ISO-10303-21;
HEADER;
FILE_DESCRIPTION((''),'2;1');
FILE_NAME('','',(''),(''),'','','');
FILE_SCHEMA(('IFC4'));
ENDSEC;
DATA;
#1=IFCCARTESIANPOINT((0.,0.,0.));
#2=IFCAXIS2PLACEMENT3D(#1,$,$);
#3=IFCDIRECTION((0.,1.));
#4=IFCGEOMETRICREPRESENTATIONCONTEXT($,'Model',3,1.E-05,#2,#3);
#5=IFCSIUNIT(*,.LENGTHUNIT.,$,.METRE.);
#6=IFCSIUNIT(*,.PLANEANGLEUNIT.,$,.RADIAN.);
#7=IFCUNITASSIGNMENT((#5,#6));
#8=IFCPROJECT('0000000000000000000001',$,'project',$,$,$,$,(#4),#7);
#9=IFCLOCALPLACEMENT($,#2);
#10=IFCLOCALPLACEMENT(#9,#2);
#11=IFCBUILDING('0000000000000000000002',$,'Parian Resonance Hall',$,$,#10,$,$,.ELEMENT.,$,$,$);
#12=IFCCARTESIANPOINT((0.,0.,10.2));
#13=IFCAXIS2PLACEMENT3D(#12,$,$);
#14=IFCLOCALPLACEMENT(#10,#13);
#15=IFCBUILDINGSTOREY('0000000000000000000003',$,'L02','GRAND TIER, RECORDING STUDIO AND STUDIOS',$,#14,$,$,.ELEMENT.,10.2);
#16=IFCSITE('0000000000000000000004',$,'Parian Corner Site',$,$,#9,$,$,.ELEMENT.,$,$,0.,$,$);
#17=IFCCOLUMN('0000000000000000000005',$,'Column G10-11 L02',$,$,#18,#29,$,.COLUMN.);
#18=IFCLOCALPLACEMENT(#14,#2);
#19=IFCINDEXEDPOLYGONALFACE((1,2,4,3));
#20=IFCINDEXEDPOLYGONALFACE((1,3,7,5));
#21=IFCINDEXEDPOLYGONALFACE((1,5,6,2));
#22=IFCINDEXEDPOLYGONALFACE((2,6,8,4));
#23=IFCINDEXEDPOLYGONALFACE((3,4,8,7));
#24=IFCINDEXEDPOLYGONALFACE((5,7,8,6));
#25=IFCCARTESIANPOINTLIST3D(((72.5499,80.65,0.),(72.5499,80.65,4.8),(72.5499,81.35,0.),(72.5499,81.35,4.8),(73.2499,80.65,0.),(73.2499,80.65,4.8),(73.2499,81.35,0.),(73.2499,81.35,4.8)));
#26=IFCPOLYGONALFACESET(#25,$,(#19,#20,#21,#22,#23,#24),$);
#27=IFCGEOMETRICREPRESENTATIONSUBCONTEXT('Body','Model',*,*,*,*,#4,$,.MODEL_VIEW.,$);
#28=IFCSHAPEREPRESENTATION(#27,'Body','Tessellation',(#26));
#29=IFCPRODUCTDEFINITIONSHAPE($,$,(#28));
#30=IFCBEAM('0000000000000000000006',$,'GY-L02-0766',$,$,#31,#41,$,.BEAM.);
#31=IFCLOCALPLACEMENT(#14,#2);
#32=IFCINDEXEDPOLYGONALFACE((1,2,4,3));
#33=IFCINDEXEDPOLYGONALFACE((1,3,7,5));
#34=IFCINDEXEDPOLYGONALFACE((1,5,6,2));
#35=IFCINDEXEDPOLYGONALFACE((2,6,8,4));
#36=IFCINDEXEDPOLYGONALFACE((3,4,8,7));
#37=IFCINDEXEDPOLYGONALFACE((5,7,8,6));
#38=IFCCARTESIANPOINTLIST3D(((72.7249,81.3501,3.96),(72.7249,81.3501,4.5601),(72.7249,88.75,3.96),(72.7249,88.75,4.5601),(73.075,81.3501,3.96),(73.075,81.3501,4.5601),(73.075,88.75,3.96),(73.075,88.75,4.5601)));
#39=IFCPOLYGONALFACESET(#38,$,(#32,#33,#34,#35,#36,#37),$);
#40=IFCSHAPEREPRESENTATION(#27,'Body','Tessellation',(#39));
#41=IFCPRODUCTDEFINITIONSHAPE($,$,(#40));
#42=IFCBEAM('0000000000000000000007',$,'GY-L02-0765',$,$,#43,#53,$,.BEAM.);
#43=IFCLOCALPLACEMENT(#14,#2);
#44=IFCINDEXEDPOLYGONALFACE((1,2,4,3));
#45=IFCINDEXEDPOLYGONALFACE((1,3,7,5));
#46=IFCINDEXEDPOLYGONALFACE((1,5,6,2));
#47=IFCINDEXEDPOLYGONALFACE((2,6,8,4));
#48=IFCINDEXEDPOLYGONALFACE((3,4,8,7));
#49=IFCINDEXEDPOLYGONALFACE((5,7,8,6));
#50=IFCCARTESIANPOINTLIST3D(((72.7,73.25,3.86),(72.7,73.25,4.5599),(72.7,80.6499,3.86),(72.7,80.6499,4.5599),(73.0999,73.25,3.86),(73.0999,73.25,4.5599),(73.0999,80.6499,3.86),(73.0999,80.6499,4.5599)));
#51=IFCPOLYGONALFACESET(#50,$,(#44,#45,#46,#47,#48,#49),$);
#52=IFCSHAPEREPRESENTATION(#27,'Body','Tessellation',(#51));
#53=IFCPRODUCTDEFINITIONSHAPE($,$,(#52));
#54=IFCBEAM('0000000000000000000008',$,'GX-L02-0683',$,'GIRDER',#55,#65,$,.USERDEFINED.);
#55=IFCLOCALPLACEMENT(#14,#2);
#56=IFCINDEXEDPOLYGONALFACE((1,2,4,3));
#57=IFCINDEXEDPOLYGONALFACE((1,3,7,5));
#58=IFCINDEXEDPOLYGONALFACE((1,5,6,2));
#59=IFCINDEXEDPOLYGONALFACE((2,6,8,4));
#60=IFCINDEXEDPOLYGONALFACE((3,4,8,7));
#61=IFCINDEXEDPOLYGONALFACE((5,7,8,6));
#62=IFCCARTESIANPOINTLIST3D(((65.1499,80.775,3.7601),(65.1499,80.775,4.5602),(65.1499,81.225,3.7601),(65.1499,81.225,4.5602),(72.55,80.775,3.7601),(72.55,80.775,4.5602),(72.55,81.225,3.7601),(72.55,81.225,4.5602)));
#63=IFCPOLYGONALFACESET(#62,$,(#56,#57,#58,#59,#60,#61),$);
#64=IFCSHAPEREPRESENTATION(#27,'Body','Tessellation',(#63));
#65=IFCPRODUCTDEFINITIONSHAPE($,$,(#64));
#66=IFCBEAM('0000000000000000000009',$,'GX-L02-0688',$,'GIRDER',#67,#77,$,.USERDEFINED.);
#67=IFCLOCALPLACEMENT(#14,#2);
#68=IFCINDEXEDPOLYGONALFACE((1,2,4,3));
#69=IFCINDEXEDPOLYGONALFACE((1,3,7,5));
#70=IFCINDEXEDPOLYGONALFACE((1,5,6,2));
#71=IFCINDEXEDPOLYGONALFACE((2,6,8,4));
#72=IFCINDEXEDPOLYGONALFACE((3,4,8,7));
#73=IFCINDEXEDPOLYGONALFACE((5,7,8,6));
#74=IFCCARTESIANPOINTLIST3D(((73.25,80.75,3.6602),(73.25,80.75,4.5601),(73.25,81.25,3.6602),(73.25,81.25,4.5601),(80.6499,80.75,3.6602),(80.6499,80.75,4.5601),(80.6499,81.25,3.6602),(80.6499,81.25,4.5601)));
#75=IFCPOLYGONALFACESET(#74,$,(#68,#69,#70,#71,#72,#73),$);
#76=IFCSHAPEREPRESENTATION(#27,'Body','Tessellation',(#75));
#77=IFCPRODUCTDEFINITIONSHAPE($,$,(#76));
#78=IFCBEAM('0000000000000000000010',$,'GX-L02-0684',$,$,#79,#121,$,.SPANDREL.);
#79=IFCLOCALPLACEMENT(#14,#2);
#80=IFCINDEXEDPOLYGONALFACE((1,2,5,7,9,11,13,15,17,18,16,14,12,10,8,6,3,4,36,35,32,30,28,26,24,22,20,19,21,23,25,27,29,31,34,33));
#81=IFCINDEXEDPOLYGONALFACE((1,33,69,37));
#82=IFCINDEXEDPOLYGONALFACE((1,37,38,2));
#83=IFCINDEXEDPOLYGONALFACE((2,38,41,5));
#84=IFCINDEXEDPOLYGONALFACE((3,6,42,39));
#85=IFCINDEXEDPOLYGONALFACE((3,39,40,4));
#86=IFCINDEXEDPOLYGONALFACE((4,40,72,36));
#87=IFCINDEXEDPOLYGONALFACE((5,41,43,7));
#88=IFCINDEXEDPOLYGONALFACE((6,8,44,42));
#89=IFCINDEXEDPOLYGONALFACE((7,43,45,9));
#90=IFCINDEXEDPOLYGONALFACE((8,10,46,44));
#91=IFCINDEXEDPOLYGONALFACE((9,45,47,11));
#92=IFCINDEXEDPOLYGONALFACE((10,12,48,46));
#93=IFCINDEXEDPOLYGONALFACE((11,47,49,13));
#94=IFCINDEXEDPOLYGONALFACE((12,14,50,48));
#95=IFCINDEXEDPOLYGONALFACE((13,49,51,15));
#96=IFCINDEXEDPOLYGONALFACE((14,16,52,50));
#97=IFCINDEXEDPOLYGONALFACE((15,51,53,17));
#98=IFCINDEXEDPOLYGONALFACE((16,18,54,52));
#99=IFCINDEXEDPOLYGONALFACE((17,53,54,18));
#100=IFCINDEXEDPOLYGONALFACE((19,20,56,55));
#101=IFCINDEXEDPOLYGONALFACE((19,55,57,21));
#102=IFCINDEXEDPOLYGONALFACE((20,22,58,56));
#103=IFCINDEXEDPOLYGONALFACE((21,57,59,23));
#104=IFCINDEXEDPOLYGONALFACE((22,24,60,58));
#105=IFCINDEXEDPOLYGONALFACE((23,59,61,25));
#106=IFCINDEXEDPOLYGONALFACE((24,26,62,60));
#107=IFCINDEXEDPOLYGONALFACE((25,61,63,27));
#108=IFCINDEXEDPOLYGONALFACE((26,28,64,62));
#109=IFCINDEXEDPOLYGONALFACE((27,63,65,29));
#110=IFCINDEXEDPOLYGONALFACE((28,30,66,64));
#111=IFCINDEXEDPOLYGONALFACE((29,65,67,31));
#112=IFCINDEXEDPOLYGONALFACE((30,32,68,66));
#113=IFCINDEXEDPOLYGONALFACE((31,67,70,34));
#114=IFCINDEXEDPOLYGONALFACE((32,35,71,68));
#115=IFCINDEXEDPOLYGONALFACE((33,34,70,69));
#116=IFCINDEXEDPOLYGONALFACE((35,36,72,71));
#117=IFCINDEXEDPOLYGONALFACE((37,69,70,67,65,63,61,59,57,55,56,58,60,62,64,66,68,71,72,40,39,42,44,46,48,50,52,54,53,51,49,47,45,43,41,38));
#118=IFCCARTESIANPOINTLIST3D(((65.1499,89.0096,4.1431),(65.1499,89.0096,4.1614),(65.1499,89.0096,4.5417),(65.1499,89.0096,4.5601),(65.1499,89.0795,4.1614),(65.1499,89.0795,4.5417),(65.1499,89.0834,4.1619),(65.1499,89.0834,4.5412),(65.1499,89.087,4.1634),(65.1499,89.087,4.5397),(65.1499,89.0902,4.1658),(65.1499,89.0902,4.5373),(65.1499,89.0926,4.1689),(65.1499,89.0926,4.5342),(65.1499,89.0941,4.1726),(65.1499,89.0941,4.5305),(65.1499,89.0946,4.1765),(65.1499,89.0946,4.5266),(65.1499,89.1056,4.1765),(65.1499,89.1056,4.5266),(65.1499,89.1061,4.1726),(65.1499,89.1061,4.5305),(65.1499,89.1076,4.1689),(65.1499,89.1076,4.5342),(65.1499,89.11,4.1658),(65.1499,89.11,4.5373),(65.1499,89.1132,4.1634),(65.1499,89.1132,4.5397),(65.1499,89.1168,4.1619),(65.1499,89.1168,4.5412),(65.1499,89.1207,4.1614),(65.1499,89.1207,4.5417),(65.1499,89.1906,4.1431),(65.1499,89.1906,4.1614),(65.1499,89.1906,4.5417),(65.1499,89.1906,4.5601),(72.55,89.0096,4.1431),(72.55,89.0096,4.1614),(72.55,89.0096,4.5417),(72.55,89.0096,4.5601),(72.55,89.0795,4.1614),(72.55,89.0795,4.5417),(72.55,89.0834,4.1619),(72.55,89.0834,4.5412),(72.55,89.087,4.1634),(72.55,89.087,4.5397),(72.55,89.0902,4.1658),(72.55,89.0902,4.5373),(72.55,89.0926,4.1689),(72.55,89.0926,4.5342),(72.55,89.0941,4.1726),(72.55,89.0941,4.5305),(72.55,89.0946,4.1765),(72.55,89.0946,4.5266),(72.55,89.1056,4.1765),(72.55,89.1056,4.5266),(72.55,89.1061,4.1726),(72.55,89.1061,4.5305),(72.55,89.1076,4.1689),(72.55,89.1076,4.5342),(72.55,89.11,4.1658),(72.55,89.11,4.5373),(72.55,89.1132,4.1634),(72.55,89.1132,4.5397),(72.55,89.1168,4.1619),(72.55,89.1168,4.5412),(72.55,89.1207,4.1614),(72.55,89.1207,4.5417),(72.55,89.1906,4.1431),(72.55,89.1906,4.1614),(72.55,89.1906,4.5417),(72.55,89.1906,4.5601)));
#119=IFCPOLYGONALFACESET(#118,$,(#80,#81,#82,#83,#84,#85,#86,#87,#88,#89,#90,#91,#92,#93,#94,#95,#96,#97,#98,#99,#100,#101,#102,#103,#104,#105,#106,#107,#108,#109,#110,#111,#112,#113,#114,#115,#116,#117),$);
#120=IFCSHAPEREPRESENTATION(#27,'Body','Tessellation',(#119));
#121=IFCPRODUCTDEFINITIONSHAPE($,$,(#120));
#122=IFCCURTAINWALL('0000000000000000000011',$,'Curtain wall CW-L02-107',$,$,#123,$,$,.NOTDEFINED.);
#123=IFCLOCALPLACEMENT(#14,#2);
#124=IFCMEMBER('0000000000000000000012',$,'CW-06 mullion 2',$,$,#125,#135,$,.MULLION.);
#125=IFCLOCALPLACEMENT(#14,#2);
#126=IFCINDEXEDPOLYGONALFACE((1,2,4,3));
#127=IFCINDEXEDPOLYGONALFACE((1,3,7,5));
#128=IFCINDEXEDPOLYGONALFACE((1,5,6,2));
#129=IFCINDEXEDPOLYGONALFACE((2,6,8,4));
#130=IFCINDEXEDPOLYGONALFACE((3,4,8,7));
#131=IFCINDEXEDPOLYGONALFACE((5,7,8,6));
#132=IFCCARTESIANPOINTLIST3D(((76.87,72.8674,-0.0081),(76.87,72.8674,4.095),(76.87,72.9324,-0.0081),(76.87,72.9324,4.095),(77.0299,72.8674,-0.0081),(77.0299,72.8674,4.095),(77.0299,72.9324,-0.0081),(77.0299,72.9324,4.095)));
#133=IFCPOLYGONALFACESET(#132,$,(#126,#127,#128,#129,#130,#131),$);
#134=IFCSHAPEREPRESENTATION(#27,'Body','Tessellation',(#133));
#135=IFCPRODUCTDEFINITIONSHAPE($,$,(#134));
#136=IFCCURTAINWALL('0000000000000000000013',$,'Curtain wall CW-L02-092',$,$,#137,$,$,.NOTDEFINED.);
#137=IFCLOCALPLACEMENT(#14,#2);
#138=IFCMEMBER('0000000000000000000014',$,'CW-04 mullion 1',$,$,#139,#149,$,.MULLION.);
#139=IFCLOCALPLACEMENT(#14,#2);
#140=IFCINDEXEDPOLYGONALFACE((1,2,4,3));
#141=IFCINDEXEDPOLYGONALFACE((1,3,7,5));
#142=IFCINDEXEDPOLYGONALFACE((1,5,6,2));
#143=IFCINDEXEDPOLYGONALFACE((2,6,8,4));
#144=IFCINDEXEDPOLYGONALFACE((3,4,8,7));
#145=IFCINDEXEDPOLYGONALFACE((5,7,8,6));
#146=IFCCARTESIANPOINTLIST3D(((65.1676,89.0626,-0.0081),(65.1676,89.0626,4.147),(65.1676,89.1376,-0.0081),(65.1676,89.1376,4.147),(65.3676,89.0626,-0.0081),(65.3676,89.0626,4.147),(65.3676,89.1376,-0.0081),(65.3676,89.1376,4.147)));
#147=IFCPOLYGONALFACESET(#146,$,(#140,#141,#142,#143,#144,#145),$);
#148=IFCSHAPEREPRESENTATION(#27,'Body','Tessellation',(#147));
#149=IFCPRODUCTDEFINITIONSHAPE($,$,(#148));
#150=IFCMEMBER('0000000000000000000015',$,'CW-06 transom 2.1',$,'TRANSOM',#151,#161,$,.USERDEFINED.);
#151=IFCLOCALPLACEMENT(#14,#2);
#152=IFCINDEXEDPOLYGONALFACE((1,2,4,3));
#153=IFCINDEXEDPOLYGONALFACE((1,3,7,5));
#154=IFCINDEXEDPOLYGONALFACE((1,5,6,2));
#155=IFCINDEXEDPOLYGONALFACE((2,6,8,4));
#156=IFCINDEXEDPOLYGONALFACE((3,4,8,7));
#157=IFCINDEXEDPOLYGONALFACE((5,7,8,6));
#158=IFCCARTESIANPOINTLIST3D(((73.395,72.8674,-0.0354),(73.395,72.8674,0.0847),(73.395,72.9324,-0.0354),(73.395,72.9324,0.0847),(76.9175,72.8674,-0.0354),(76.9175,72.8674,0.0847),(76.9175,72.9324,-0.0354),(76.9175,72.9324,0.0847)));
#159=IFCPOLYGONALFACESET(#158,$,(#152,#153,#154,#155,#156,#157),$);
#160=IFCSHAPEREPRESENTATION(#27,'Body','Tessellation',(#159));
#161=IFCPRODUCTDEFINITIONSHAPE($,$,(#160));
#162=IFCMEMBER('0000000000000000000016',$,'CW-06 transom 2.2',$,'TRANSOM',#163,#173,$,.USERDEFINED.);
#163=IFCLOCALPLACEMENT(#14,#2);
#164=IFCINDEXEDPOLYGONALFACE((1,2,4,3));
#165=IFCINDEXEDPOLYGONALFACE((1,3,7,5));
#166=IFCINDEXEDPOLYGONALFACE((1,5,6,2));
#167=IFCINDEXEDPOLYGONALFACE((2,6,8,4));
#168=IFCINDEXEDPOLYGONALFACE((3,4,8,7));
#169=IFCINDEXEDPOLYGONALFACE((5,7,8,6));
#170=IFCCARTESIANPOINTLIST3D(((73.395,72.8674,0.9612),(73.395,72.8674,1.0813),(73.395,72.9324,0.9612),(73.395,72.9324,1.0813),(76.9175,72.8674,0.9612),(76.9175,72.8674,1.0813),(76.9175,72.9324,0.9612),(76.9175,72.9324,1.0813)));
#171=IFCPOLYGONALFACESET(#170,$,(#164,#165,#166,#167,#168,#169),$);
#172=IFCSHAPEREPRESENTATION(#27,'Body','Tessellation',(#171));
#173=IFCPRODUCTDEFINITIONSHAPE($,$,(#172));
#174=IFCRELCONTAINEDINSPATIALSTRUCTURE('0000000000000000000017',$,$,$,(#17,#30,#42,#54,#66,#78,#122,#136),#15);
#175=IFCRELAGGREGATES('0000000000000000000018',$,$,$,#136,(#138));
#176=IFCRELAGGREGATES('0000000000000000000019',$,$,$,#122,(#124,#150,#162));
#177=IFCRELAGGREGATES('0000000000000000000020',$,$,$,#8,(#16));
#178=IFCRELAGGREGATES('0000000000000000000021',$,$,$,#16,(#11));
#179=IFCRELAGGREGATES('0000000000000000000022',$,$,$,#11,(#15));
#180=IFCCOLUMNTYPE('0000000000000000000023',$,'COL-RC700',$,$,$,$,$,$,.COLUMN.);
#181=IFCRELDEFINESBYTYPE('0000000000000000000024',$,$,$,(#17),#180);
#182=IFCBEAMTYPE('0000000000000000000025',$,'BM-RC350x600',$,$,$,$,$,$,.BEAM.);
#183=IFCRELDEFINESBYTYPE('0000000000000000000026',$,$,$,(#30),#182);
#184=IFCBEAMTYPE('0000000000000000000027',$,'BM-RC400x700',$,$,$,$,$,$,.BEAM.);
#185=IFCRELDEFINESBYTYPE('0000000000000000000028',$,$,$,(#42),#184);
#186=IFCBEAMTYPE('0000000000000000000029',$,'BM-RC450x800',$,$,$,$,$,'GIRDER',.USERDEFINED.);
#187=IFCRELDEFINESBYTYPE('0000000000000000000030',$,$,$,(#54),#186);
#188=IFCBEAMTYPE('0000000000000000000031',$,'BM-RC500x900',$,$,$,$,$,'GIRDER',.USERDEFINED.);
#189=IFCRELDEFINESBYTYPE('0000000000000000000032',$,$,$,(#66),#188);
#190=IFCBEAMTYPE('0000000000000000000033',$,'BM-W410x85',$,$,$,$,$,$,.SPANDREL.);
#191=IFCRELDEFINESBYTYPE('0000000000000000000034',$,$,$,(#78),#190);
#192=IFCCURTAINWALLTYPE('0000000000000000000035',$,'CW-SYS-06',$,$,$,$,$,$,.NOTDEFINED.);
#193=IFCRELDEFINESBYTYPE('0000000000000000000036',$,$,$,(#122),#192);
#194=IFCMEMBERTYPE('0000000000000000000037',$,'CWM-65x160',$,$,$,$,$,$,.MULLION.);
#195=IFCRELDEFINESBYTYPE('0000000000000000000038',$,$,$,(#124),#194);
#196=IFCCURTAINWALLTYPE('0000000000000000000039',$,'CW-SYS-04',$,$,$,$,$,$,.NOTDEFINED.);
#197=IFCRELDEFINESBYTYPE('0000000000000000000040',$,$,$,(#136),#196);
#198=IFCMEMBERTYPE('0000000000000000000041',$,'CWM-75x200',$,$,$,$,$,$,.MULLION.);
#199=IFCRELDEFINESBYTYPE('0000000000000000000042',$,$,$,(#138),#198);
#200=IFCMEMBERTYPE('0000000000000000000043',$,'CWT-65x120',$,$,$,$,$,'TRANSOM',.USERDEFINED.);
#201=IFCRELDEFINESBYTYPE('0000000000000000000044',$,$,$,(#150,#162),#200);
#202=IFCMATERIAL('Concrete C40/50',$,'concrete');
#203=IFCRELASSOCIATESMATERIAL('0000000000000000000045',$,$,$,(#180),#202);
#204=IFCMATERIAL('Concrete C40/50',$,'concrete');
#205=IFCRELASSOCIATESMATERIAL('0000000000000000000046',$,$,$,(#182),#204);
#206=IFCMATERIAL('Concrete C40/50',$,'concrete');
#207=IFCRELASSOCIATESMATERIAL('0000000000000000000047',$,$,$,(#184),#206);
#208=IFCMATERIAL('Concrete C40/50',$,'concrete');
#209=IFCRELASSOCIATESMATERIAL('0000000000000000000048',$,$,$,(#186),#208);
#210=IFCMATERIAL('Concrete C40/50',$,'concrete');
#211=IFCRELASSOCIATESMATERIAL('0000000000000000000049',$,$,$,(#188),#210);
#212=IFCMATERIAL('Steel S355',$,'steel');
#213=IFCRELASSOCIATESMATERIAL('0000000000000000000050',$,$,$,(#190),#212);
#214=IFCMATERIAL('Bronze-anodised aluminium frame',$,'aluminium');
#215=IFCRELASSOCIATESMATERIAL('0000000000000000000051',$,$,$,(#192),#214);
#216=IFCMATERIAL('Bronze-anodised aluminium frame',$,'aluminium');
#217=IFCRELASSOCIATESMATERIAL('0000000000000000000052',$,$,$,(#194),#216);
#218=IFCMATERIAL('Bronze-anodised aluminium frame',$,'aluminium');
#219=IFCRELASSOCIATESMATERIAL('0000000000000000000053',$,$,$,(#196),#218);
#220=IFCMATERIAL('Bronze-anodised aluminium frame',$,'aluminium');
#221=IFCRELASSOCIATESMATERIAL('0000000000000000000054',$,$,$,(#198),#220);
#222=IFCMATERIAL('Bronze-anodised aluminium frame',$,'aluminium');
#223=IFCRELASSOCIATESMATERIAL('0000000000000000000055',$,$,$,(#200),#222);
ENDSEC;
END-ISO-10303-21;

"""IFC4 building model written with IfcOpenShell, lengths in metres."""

from ifc_helpers import new_model, si_unit, direction, frame, origin, origin_2d, place, context, subcontext, project, spatial, rectangle, i_section, extrude, material, material_profile, profile_set, type_object, element, aggregate, save


model = new_model("IFC4")

# Units and contexts
model_context = context("Model", 3, precision=1e-05, world=origin(), true_north=direction((0.0, 1.0)))
body_context = subcontext(model_context, "Body", "Model", "MODEL_VIEW")
ifc_project = project(units=[si_unit("LENGTHUNIT", "METRE"), si_unit("PLANEANGLEUNIT", "RADIAN")], contexts=[model_context])

# Site, building, storey
site_placement = place(None, origin())
site = spatial("IfcSite", under=ifc_project, at=site_placement, Name="Parian Corner Site", CompositionType="ELEMENT", RefElevation=0.0)
building_placement = place(site_placement, origin())
building = spatial("IfcBuilding", under=site, at=building_placement, Name="Parian Resonance Hall", CompositionType="ELEMENT")
storey_placement = place(building_placement, frame((0.0, 0.0, 10.2)))
storey = spatial("IfcBuildingStorey", under=building, at=storey_placement, Name="L02", Description="GRAND TIER, RECORDING STUDIO AND STUDIOS", CompositionType="ELEMENT", Elevation=10.2)

# Column
ifc_material_1 = material(Name="Concrete C40/50", Category="concrete")
ifc_material_profile_1 = material_profile(ifc_material_1, rectangle(XDim=0.7, YDim=0.7, at=origin_2d()), Name="RC-COL-700x700")
ifc_profile_set_1 = profile_set([ifc_material_profile_1], Name="Concrete C40/50")
column_type = type_object("IfcColumnType", Name="COL-RC700", PredefinedType="COLUMN", material=ifc_profile_set_1)
column_placement = place(storey_placement, frame((72.8999, 81.0, 0.0), z_axis=(0.0, 0.0, 1.0), x_axis=(1.0, 0.0, 0.0)))
element("IfcColumn", 1, at=column_placement, inside=storey, type_object=column_type, Name="Column G10-11 L02", PredefinedType="COLUMN", context=body_context, shape_type="SweptSolid", body=[
    extrude(rectangle(XDim=0.7, YDim=0.7, at=origin_2d()), origin(), (0.0, 0.0, 1.0), 4.8),
])

# Beams
ifc_material_2 = material(Name="Concrete C40/50", Category="concrete")
ifc_material_profile_2 = material_profile(ifc_material_2, rectangle(XDim=0.3501, YDim=0.6001, at=origin_2d()), Name="RC-BM-350x600")
ifc_profile_set_2 = profile_set([ifc_material_profile_2], Name="Concrete C40/50")
beam_type_1 = type_object("IfcBeamType", Name="BM-RC350x600", PredefinedType="BEAM", material=ifc_profile_set_2)
beam_1_placement = place(storey_placement, frame((72.8999, 81.3501, 4.26), z_axis=(0.0, 1.0, 0.0), x_axis=(-1.0, 0.0, 0.0)))
element("IfcBeam", 2, at=beam_1_placement, inside=storey, type_object=beam_type_1, Name="GY-L02-0766", PredefinedType="BEAM", context=body_context, shape_type="SweptSolid", body=[
    extrude(rectangle(XDim=0.3501, YDim=0.6001, at=origin_2d()), origin(), (0.0, 0.0, 1.0), 7.3999),
])
ifc_material_3 = material(Name="Concrete C40/50", Category="concrete")
ifc_material_profile_3 = material_profile(ifc_material_3, rectangle(XDim=0.3999, YDim=0.7, at=origin_2d()), Name="RC-BM-400x700")
ifc_profile_set_3 = profile_set([ifc_material_profile_3], Name="Concrete C40/50")
beam_type_2 = type_object("IfcBeamType", Name="BM-RC400x700", PredefinedType="BEAM", material=ifc_profile_set_3)
beam_2_placement = place(storey_placement, frame((72.8999, 73.25, 4.21), z_axis=(0.0, 1.0, 0.0), x_axis=(-1.0, 0.0, 0.0)))
element("IfcBeam", 3, at=beam_2_placement, inside=storey, type_object=beam_type_2, Name="GY-L02-0765", PredefinedType="BEAM", context=body_context, shape_type="SweptSolid", body=[
    extrude(rectangle(XDim=0.3999, YDim=0.7, at=origin_2d()), origin(), (0.0, 0.0, 1.0), 7.3999),
])
ifc_material_4 = material(Name="Concrete C40/50", Category="concrete")
ifc_material_profile_4 = material_profile(ifc_material_4, rectangle(XDim=0.45, YDim=0.8, at=origin_2d()), Name="RC-BM-450x800")
ifc_profile_set_4 = profile_set([ifc_material_profile_4], Name="Concrete C40/50")
beam_type_3 = type_object("IfcBeamType", Name="BM-RC450x800", ElementType="GIRDER", PredefinedType="USERDEFINED", material=ifc_profile_set_4)
beam_3_placement = place(storey_placement, frame((65.1499, 81.0, 4.1602), z_axis=(1.0, 0.0, 0.0), x_axis=(0.0, 1.0, 0.0)))
element("IfcBeam", 4, at=beam_3_placement, inside=storey, type_object=beam_type_3, Name="GX-L02-0683", ObjectType="GIRDER", PredefinedType="USERDEFINED", context=body_context, shape_type="SweptSolid", body=[
    extrude(rectangle(XDim=0.45, YDim=0.8, at=origin_2d()), origin(), (0.0, 0.0, 1.0), 7.4001),
])
ifc_material_5 = material(Name="Concrete C40/50", Category="concrete")
ifc_material_profile_5 = material_profile(ifc_material_5, rectangle(XDim=0.5, YDim=0.8999, at=origin_2d()), Name="RC-BM-500x900")
ifc_profile_set_5 = profile_set([ifc_material_profile_5], Name="Concrete C40/50")
beam_type_4 = type_object("IfcBeamType", Name="BM-RC500x900", ElementType="GIRDER", PredefinedType="USERDEFINED", material=ifc_profile_set_5)
beam_4_placement = place(storey_placement, frame((73.25, 81.0, 4.1101), z_axis=(1.0, 0.0, 0.0), x_axis=(0.0, 1.0, 0.0)))
element("IfcBeam", 5, at=beam_4_placement, inside=storey, type_object=beam_type_4, Name="GX-L02-0688", ObjectType="GIRDER", PredefinedType="USERDEFINED", context=body_context, shape_type="SweptSolid", body=[
    extrude(rectangle(XDim=0.5, YDim=0.8999, at=origin_2d()), origin(), (0.0, 0.0, 1.0), 7.3999),
])
ifc_material_6 = material(Name="Steel S355", Category="steel")
ifc_material_profile_6 = material_profile(ifc_material_6, i_section(OverallWidth=0.1809, OverallDepth=0.417, WebThickness=0.011, FlangeThickness=0.0183, FilletRadius=0.0151, at=origin_2d()), Name="W410x85")
ifc_profile_set_6 = profile_set([ifc_material_profile_6], Name="Steel S355")
beam_type_5 = type_object("IfcBeamType", Name="BM-W410x85", PredefinedType="SPANDREL", material=ifc_profile_set_6)
beam_5_placement = place(storey_placement, frame((65.1499, 89.1001, 4.3516), z_axis=(1.0, 0.0, 0.0), x_axis=(0.0, 1.0, 0.0)))
element("IfcBeam", 6, at=beam_5_placement, inside=storey, type_object=beam_type_5, Name="GX-L02-0684", PredefinedType="SPANDREL", context=body_context, shape_type="SweptSolid", body=[
    extrude(i_section(OverallWidth=0.1809, OverallDepth=0.417, WebThickness=0.011, FlangeThickness=0.0183, FilletRadius=0.0151, at=origin_2d()), origin(), (0.0, 0.0, 1.0), 7.4001),
])

# Curtain walls, members
ifc_material_7 = material(Name="Bronze-anodised aluminium frame", Category="aluminium")
curtain_wall_type_1 = type_object("IfcCurtainWallType", Name="CW-SYS-06", PredefinedType="NOTDEFINED", material=ifc_material_7)
curtain_wall_1_placement = place(storey_placement, origin())
curtain_wall_1 = element("IfcCurtainWall", 7, at=curtain_wall_1_placement, inside=storey, type_object=curtain_wall_type_1, Name="Curtain wall CW-L02-107", PredefinedType="NOTDEFINED")
ifc_material_8 = material(Name="Bronze-anodised aluminium frame", Category="aluminium")
ifc_material_profile_7 = material_profile(ifc_material_8, rectangle(XDim=0.0649, YDim=0.1599, at=origin_2d()), Name="CWM-65x160")
ifc_profile_set_7 = profile_set([ifc_material_profile_7], Name="Bronze-anodised aluminium frame")
member_type_1 = type_object("IfcMemberType", Name="CWM-65x160", PredefinedType="MULLION", material=ifc_profile_set_7)
member_1_placement = place(storey_placement, frame((76.95, 72.8999, -0.0081), z_axis=(0.0, 0.0, 1.0), x_axis=(0.0, -1.0, 0.0)))
member_1 = element("IfcMember", 8, at=member_1_placement, type_object=member_type_1, Name="CW-06 mullion 2", PredefinedType="MULLION", context=body_context, shape_type="SweptSolid", body=[
    extrude(rectangle(XDim=0.0649, YDim=0.1599, at=origin_2d()), origin(), (0.0, 0.0, 1.0), 4.103),
])
ifc_material_9 = material(Name="Bronze-anodised aluminium frame", Category="aluminium")
curtain_wall_type_2 = type_object("IfcCurtainWallType", Name="CW-SYS-04", PredefinedType="NOTDEFINED", material=ifc_material_9)
curtain_wall_2_placement = place(storey_placement, origin())
curtain_wall_2 = element("IfcCurtainWall", 9, at=curtain_wall_2_placement, inside=storey, type_object=curtain_wall_type_2, Name="Curtain wall CW-L02-092", PredefinedType="NOTDEFINED")
ifc_material_10 = material(Name="Bronze-anodised aluminium frame", Category="aluminium")
ifc_material_profile_8 = material_profile(ifc_material_10, rectangle(XDim=0.075, YDim=0.2, at=origin_2d()), Name="CWM-75x200")
ifc_profile_set_8 = profile_set([ifc_material_profile_8], Name="Bronze-anodised aluminium frame")
member_type_2 = type_object("IfcMemberType", Name="CWM-75x200", PredefinedType="MULLION", material=ifc_profile_set_8)
member_2_placement = place(storey_placement, frame((65.2676, 89.1001, -0.0081), z_axis=(0.0, 0.0, 1.0), x_axis=(0.0, 1.0, 0.0)))
member_2 = element("IfcMember", 10, at=member_2_placement, type_object=member_type_2, Name="CW-04 mullion 1", PredefinedType="MULLION", context=body_context, shape_type="SweptSolid", body=[
    extrude(rectangle(XDim=0.075, YDim=0.2, at=origin_2d()), origin(), (0.0, 0.0, 1.0), 4.155),
])

# Members
ifc_material_11 = material(Name="Bronze-anodised aluminium frame", Category="aluminium")
ifc_material_profile_9 = material_profile(ifc_material_11, rectangle(XDim=0.0649, YDim=0.1201, at=origin_2d()), Name="CWT-65x120")
ifc_profile_set_9 = profile_set([ifc_material_profile_9], Name="Bronze-anodised aluminium frame")
member_type_3 = type_object("IfcMemberType", Name="CWT-65x120", ElementType="TRANSOM", PredefinedType="USERDEFINED", material=ifc_profile_set_9)
member_3_placement = place(storey_placement, frame((76.9175, 72.8999, 0.0247), z_axis=(-1.0, 0.0, 0.0), x_axis=(0.0, -1.0, 0.0)))
member_3 = element("IfcMember", 11, at=member_3_placement, type_object=member_type_3, Name="CW-06 transom 2.1", ObjectType="TRANSOM", PredefinedType="USERDEFINED", context=body_context, shape_type="SweptSolid", body=[
    extrude(rectangle(XDim=0.0649, YDim=0.1201, at=origin_2d()), origin(), (0.0, 0.0, 1.0), 3.5225),
])
member_4_placement = place(storey_placement, frame((76.9175, 72.8999, 1.0212), z_axis=(-1.0, 0.0, 0.0), x_axis=(0.0, -1.0, 0.0)))
member_4 = element("IfcMember", 12, at=member_4_placement, type_object=member_type_3, Name="CW-06 transom 2.2", ObjectType="TRANSOM", PredefinedType="USERDEFINED", context=body_context, shape_type="SweptSolid", body=[
    extrude(rectangle(XDim=0.0649, YDim=0.1201, at=origin_2d()), origin(), (0.0, 0.0, 1.0), 3.5225),
])
aggregate(curtain_wall_2, [member_2])

aggregate(curtain_wall_1, [member_1, member_3, member_4])

save(model, "model.ifc")
